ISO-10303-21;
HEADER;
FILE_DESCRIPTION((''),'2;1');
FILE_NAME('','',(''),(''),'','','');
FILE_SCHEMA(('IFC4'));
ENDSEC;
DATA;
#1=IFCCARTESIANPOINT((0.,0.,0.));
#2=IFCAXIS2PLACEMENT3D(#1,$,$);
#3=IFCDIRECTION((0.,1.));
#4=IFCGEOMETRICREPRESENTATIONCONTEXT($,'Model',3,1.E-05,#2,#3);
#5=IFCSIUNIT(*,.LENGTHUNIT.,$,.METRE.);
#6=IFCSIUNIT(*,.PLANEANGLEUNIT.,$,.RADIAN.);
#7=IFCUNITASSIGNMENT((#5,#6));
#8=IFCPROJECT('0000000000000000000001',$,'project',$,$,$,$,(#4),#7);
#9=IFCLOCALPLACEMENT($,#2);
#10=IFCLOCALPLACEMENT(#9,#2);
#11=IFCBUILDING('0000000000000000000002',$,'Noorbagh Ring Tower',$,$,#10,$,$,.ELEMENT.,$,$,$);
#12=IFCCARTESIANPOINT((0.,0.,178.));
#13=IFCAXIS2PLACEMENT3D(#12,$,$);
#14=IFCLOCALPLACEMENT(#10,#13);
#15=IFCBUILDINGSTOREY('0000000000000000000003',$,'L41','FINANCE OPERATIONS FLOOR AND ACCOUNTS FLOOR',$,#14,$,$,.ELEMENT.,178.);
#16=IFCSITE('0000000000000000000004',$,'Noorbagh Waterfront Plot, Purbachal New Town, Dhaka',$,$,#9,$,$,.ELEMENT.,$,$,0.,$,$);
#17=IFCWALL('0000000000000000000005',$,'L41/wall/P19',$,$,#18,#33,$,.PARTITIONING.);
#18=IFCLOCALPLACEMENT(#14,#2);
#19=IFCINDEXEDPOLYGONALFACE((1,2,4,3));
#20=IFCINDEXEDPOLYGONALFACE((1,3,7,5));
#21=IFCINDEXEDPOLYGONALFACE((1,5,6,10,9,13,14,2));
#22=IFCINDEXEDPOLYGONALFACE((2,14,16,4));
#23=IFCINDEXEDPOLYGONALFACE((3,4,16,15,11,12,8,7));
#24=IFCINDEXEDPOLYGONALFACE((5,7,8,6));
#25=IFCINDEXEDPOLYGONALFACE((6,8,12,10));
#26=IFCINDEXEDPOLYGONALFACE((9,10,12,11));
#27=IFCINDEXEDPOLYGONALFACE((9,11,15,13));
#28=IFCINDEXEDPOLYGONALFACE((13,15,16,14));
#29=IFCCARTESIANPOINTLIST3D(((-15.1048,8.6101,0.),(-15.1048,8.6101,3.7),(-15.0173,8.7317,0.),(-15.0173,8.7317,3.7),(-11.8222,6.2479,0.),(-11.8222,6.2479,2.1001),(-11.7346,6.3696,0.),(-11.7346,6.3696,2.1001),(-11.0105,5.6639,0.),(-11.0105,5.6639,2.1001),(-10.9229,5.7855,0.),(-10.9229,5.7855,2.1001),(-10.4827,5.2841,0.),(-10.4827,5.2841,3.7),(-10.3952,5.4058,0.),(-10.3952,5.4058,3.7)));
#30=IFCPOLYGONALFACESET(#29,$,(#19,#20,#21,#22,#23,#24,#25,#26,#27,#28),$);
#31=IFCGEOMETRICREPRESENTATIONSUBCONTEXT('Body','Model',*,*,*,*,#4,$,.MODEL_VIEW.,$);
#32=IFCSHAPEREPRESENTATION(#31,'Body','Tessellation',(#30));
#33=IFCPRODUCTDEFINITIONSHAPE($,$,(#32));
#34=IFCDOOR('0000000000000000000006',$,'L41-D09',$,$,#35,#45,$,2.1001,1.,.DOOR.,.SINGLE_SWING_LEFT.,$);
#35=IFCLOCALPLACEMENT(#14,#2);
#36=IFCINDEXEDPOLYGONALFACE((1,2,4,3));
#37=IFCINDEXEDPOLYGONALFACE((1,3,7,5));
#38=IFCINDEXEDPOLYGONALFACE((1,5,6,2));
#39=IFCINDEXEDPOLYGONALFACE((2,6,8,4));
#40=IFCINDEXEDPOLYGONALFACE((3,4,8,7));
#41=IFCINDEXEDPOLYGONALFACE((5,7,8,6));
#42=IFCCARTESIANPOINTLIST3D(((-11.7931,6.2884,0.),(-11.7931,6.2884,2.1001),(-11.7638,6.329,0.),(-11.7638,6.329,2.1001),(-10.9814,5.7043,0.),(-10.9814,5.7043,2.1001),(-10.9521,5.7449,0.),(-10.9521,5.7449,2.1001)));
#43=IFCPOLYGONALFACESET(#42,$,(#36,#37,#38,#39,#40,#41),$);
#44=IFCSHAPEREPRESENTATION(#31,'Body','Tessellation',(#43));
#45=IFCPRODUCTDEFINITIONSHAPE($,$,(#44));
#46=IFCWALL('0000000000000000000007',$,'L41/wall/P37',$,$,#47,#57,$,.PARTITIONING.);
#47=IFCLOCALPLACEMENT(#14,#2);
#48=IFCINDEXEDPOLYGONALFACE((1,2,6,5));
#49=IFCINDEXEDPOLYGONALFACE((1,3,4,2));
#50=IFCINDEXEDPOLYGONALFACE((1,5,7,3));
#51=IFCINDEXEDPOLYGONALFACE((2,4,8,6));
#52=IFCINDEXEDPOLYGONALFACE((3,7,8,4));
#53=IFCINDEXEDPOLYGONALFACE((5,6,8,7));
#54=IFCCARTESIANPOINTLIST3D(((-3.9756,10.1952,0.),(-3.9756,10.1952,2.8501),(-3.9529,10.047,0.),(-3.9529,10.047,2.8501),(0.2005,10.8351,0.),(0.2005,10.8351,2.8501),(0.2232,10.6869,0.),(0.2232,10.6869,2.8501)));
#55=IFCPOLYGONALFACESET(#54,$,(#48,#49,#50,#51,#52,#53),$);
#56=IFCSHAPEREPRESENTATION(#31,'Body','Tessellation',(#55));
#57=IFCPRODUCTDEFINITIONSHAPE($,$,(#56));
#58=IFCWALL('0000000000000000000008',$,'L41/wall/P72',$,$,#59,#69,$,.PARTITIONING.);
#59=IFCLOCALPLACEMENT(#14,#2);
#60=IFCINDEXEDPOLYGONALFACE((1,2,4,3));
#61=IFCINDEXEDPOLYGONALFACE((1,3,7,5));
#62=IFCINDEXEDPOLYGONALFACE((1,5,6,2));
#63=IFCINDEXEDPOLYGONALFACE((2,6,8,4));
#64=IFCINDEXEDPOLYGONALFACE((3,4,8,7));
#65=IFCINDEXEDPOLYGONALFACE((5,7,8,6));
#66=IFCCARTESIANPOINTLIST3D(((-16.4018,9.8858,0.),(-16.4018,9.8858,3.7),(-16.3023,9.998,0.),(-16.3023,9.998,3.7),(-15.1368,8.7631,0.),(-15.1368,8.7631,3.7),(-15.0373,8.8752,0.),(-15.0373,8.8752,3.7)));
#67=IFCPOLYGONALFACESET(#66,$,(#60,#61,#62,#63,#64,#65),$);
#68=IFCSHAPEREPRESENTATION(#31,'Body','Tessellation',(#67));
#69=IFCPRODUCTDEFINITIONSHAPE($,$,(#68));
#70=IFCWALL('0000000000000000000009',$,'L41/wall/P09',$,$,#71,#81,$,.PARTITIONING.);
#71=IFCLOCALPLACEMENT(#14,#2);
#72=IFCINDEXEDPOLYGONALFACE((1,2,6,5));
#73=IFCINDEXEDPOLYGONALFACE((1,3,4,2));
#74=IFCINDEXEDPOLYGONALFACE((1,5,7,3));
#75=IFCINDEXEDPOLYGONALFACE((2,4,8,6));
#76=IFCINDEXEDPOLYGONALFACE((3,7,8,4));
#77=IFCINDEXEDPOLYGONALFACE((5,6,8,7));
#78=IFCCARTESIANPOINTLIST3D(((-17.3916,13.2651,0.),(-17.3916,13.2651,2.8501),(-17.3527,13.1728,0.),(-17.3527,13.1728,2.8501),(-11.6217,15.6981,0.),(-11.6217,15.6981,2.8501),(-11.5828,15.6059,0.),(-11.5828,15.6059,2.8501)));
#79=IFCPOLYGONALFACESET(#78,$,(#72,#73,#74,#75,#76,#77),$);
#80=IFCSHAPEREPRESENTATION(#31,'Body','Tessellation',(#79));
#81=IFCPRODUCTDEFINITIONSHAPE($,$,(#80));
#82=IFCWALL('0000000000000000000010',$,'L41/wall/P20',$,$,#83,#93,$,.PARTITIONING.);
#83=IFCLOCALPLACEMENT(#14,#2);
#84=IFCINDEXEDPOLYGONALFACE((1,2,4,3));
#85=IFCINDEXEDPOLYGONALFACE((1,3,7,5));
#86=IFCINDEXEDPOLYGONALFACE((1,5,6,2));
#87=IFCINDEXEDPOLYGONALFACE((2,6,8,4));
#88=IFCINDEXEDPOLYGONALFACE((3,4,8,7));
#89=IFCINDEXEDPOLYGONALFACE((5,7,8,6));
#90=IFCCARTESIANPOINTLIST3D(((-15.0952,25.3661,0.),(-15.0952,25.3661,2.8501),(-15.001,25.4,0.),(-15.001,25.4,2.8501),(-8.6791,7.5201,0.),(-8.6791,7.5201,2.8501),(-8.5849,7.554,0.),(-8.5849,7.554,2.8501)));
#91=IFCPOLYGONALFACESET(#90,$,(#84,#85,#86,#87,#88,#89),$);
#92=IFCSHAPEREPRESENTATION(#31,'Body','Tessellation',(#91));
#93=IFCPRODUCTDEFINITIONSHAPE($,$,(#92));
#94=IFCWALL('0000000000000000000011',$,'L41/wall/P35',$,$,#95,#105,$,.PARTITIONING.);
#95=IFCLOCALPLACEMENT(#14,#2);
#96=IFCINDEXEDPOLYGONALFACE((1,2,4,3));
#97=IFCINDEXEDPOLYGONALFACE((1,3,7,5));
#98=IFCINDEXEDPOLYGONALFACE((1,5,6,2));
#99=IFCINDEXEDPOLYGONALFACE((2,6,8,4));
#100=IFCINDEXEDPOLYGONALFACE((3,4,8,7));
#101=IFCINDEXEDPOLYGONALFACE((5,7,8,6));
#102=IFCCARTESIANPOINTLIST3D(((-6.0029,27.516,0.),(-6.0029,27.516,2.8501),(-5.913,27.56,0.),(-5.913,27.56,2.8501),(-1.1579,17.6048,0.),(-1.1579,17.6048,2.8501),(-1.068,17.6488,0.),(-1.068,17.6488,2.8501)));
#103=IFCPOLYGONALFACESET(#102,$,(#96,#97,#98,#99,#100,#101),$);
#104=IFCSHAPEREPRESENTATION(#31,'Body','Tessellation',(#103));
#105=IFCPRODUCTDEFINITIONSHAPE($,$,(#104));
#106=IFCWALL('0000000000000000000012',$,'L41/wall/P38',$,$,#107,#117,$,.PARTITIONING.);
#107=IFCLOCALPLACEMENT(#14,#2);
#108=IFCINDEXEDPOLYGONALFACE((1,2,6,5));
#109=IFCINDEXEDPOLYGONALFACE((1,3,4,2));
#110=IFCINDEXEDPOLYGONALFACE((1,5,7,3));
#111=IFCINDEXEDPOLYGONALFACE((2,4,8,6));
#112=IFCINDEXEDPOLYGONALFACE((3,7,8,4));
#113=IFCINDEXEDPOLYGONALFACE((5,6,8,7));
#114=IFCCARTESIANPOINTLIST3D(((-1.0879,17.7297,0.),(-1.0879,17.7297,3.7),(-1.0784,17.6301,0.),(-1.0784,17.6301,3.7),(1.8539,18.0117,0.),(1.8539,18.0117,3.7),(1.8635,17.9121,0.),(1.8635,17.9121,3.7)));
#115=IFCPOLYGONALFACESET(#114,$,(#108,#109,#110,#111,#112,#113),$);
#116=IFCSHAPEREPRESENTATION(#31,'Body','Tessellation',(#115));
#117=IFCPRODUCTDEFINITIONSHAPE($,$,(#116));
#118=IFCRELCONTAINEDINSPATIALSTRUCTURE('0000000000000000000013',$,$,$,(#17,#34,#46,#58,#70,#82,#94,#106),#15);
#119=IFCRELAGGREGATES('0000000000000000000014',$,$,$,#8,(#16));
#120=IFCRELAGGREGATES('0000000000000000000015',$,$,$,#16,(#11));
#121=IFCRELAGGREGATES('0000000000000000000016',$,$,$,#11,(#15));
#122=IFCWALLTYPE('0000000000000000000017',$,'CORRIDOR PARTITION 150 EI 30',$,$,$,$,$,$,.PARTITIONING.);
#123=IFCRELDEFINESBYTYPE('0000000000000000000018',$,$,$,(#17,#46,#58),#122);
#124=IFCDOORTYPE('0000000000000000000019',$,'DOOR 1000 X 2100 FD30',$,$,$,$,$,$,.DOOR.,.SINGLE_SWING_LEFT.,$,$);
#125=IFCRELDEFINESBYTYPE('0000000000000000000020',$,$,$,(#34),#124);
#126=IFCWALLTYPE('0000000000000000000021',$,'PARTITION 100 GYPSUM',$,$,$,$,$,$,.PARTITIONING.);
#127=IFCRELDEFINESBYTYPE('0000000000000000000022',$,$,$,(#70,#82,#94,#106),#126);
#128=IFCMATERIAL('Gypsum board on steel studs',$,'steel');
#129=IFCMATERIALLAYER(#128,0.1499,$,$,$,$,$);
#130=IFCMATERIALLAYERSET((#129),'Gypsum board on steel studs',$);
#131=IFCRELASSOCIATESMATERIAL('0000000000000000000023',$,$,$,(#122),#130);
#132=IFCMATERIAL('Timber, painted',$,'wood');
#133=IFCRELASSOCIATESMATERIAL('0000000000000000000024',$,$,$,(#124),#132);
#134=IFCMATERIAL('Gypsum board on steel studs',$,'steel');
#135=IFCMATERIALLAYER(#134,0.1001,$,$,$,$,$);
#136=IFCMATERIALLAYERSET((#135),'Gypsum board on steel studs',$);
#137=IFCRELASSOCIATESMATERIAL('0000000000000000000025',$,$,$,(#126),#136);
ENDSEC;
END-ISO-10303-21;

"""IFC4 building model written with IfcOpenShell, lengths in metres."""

from ifc_helpers import new_model, si_unit, direction, frame, frame_2d, origin, place, context, subcontext, project, spatial, rectangle, extrude, material, layer, layer_set, type_object, element, fill, save


model = new_model("IFC4")

# Units and contexts
model_context = context("Model", 3, precision=1e-05, world=origin(), true_north=direction((0.0, 1.0)))
body_context = subcontext(model_context, "Body", "Model", "MODEL_VIEW")
ifc_project = project(units=[si_unit("LENGTHUNIT", "METRE"), si_unit("PLANEANGLEUNIT", "RADIAN")], contexts=[model_context])

# Site, building, storey
site_placement = place(None, origin())
site = spatial("IfcSite", under=ifc_project, at=site_placement, Name="Noorbagh Waterfront Plot, Purbachal New Town, Dhaka", CompositionType="ELEMENT", RefElevation=0.0)
building_placement = place(site_placement, origin())
building = spatial("IfcBuilding", under=site, at=building_placement, Name="Noorbagh Ring Tower", CompositionType="ELEMENT")
storey_placement = place(building_placement, frame((0.0, 0.0, 178.0)))
storey = spatial("IfcBuildingStorey", under=building, at=storey_placement, Name="L41", Description="FINANCE OPERATIONS FLOOR AND ACCOUNTS FLOOR", CompositionType="ELEMENT", Elevation=178.0)

# Shared definitions
ifc_material_1 = material(Name="Gypsum board on steel studs", Category="steel")
ifc_layer_1 = layer(ifc_material_1, 0.1499)
ifc_layer_set_1 = layer_set([ifc_layer_1], Name="Gypsum board on steel studs")
wall_type_1 = type_object("IfcWallType", Name="CORRIDOR PARTITION 150 EI 30", PredefinedType="PARTITIONING", material=ifc_layer_set_1)

# Wall, opening, door
wall_1_placement = place(storey_placement, frame((-15.061, 8.6709, 0.0), z_axis=(0.0, 0.0, 1.0), x_axis=(0.811698, -0.584078, 0.0)))
wall_1 = element("IfcWall", 1, at=wall_1_placement, inside=storey, type_object=wall_type_1, Name="L41/wall/P19", PredefinedType="PARTITIONING", context=body_context, shape_type="SweptSolid", body=[
    extrude(rectangle(XDim=5.6943, YDim=0.1499, at=frame_2d((2.8472, 0.0))), origin(), (0.0, 0.0, 1.0), 3.7),
])
opening_placement = place(wall_1_placement, frame((4.0442, 0.0, 0.0)))
opening = element("IfcOpeningElement", 2, at=opening_placement, cuts=wall_1, PredefinedType="OPENING", context=body_context, shape_type="SweptSolid", body=[
    extrude(rectangle(XDim=1.0, YDim=2.1001, at=frame_2d((0.5, 1.05))), frame((0.0, 0.085, 0.0), z_axis=(0.0, -1.0, 0.0), x_axis=(1.0, 0.0, 0.0)), (0.0, 0.0, 1.0), 0.1699),
])
ifc_material_2 = material(Name="Timber, painted", Category="wood")
door_type = type_object("IfcDoorType", Name="DOOR 1000 X 2100 FD30", OperationType="SINGLE_SWING_LEFT", PredefinedType="DOOR", material=ifc_material_2)
door_placement = place(opening_placement, origin())
door = element("IfcDoor", 3, at=door_placement, inside=storey, type_object=door_type, Name="L41-D09", OperationType="SINGLE_SWING_LEFT", OverallHeight=2.1001, OverallWidth=1.0, PredefinedType="DOOR", context=body_context, shape_type="SweptSolid", body=[
    extrude(rectangle(XDim=1.0, YDim=2.1001, at=frame_2d((0.5, 1.05))), frame((0.0, 0.0249, 0.0), z_axis=(0.0, -1.0, 0.0), x_axis=(1.0, 0.0, 0.0)), (0.0, 0.0, 1.0), 0.05),
])
fill(opening, door)

# Walls
wall_2_placement = place(storey_placement, frame((-3.9641, 10.1211, 0.0), z_axis=(0.0, 0.0, 1.0), x_axis=(0.988463, 0.151462, 0.0)))
element("IfcWall", 4, at=wall_2_placement, inside=storey, type_object=wall_type_1, Name="L41/wall/P37", PredefinedType="PARTITIONING", context=body_context, shape_type="SweptSolid", body=[
    extrude(rectangle(XDim=4.2249, YDim=0.1499, at=frame_2d((2.1123, 0.0))), origin(), (0.0, 0.0, 1.0), 2.8501),
])
wall_3_placement = place(storey_placement, frame((-16.3521, 9.9419, 0.0), z_axis=(0.0, 0.0, 1.0), x_axis=(0.747927, -0.663781, 0.0)))
element("IfcWall", 5, at=wall_3_placement, inside=storey, type_object=wall_type_1, Name="L41/wall/P72", PredefinedType="PARTITIONING", context=body_context, shape_type="SweptSolid", body=[
    extrude(rectangle(XDim=1.6914, YDim=0.1499, at=frame_2d((0.8457, 0.0))), origin(), (0.0, 0.0, 1.0), 3.7),
])
ifc_material_3 = material(Name="Gypsum board on steel studs", Category="steel")
ifc_layer_2 = layer(ifc_material_3, 0.1001)
ifc_layer_set_2 = layer_set([ifc_layer_2], Name="Gypsum board on steel studs")
wall_type_2 = type_object("IfcWallType", Name="PARTITION 100 GYPSUM", PredefinedType="PARTITIONING", material=ifc_layer_set_2)
wall_4_placement = place(storey_placement, frame((-17.3721, 13.219, 0.0), z_axis=(0.0, 0.0, 1.0), x_axis=(0.921428, 0.388548, 0.0)))
element("IfcWall", 6, at=wall_4_placement, inside=storey, type_object=wall_type_2, Name="L41/wall/P09", PredefinedType="PARTITIONING", context=body_context, shape_type="SweptSolid", body=[
    extrude(rectangle(XDim=6.262, YDim=0.1001, at=frame_2d((3.1309, 0.0))), origin(), (0.0, 0.0, 1.0), 2.8501),
])
wall_5_placement = place(storey_placement, frame((-15.0481, 25.3831, 0.0), z_axis=(0.0, 0.0, 1.0), x_axis=(0.338321, -0.941031, 0.0)))
element("IfcWall", 7, at=wall_5_placement, inside=storey, type_object=wall_type_2, Name="L41/wall/P20", PredefinedType="PARTITIONING", context=body_context, shape_type="SweptSolid", body=[
    extrude(rectangle(XDim=18.9644, YDim=0.1001, at=frame_2d((9.4822, 0.0))), origin(), (0.0, 0.0, 1.0), 2.8501),
])
wall_6_placement = place(storey_placement, frame((-5.958, 27.5381, 0.0), z_axis=(0.0, 0.0, 1.0), x_axis=(0.439176, -0.898401, 0.0)))
element("IfcWall", 8, at=wall_6_placement, inside=storey, type_object=wall_type_2, Name="L41/wall/P35", PredefinedType="PARTITIONING", context=body_context, shape_type="SweptSolid", body=[
    extrude(rectangle(XDim=11.032, YDim=0.1001, at=frame_2d((5.5161, 0.0))), origin(), (0.0, 0.0, 1.0), 2.8501),
])
wall_7_placement = place(storey_placement, frame((-1.083, 17.6799, 0.0), z_axis=(0.0, 0.0, 1.0), x_axis=(0.995438, 0.095413, 0.0)))
element("IfcWall", 9, at=wall_7_placement, inside=storey, type_object=wall_type_2, Name="L41/wall/P38", PredefinedType="PARTITIONING", context=body_context, shape_type="SweptSolid", body=[
    extrude(rectangle(XDim=2.9553, YDim=0.1001, at=frame_2d((1.4775, 0.0))), origin(), (0.0, 0.0, 1.0), 3.7),
])

save(model, "model.ifc")
